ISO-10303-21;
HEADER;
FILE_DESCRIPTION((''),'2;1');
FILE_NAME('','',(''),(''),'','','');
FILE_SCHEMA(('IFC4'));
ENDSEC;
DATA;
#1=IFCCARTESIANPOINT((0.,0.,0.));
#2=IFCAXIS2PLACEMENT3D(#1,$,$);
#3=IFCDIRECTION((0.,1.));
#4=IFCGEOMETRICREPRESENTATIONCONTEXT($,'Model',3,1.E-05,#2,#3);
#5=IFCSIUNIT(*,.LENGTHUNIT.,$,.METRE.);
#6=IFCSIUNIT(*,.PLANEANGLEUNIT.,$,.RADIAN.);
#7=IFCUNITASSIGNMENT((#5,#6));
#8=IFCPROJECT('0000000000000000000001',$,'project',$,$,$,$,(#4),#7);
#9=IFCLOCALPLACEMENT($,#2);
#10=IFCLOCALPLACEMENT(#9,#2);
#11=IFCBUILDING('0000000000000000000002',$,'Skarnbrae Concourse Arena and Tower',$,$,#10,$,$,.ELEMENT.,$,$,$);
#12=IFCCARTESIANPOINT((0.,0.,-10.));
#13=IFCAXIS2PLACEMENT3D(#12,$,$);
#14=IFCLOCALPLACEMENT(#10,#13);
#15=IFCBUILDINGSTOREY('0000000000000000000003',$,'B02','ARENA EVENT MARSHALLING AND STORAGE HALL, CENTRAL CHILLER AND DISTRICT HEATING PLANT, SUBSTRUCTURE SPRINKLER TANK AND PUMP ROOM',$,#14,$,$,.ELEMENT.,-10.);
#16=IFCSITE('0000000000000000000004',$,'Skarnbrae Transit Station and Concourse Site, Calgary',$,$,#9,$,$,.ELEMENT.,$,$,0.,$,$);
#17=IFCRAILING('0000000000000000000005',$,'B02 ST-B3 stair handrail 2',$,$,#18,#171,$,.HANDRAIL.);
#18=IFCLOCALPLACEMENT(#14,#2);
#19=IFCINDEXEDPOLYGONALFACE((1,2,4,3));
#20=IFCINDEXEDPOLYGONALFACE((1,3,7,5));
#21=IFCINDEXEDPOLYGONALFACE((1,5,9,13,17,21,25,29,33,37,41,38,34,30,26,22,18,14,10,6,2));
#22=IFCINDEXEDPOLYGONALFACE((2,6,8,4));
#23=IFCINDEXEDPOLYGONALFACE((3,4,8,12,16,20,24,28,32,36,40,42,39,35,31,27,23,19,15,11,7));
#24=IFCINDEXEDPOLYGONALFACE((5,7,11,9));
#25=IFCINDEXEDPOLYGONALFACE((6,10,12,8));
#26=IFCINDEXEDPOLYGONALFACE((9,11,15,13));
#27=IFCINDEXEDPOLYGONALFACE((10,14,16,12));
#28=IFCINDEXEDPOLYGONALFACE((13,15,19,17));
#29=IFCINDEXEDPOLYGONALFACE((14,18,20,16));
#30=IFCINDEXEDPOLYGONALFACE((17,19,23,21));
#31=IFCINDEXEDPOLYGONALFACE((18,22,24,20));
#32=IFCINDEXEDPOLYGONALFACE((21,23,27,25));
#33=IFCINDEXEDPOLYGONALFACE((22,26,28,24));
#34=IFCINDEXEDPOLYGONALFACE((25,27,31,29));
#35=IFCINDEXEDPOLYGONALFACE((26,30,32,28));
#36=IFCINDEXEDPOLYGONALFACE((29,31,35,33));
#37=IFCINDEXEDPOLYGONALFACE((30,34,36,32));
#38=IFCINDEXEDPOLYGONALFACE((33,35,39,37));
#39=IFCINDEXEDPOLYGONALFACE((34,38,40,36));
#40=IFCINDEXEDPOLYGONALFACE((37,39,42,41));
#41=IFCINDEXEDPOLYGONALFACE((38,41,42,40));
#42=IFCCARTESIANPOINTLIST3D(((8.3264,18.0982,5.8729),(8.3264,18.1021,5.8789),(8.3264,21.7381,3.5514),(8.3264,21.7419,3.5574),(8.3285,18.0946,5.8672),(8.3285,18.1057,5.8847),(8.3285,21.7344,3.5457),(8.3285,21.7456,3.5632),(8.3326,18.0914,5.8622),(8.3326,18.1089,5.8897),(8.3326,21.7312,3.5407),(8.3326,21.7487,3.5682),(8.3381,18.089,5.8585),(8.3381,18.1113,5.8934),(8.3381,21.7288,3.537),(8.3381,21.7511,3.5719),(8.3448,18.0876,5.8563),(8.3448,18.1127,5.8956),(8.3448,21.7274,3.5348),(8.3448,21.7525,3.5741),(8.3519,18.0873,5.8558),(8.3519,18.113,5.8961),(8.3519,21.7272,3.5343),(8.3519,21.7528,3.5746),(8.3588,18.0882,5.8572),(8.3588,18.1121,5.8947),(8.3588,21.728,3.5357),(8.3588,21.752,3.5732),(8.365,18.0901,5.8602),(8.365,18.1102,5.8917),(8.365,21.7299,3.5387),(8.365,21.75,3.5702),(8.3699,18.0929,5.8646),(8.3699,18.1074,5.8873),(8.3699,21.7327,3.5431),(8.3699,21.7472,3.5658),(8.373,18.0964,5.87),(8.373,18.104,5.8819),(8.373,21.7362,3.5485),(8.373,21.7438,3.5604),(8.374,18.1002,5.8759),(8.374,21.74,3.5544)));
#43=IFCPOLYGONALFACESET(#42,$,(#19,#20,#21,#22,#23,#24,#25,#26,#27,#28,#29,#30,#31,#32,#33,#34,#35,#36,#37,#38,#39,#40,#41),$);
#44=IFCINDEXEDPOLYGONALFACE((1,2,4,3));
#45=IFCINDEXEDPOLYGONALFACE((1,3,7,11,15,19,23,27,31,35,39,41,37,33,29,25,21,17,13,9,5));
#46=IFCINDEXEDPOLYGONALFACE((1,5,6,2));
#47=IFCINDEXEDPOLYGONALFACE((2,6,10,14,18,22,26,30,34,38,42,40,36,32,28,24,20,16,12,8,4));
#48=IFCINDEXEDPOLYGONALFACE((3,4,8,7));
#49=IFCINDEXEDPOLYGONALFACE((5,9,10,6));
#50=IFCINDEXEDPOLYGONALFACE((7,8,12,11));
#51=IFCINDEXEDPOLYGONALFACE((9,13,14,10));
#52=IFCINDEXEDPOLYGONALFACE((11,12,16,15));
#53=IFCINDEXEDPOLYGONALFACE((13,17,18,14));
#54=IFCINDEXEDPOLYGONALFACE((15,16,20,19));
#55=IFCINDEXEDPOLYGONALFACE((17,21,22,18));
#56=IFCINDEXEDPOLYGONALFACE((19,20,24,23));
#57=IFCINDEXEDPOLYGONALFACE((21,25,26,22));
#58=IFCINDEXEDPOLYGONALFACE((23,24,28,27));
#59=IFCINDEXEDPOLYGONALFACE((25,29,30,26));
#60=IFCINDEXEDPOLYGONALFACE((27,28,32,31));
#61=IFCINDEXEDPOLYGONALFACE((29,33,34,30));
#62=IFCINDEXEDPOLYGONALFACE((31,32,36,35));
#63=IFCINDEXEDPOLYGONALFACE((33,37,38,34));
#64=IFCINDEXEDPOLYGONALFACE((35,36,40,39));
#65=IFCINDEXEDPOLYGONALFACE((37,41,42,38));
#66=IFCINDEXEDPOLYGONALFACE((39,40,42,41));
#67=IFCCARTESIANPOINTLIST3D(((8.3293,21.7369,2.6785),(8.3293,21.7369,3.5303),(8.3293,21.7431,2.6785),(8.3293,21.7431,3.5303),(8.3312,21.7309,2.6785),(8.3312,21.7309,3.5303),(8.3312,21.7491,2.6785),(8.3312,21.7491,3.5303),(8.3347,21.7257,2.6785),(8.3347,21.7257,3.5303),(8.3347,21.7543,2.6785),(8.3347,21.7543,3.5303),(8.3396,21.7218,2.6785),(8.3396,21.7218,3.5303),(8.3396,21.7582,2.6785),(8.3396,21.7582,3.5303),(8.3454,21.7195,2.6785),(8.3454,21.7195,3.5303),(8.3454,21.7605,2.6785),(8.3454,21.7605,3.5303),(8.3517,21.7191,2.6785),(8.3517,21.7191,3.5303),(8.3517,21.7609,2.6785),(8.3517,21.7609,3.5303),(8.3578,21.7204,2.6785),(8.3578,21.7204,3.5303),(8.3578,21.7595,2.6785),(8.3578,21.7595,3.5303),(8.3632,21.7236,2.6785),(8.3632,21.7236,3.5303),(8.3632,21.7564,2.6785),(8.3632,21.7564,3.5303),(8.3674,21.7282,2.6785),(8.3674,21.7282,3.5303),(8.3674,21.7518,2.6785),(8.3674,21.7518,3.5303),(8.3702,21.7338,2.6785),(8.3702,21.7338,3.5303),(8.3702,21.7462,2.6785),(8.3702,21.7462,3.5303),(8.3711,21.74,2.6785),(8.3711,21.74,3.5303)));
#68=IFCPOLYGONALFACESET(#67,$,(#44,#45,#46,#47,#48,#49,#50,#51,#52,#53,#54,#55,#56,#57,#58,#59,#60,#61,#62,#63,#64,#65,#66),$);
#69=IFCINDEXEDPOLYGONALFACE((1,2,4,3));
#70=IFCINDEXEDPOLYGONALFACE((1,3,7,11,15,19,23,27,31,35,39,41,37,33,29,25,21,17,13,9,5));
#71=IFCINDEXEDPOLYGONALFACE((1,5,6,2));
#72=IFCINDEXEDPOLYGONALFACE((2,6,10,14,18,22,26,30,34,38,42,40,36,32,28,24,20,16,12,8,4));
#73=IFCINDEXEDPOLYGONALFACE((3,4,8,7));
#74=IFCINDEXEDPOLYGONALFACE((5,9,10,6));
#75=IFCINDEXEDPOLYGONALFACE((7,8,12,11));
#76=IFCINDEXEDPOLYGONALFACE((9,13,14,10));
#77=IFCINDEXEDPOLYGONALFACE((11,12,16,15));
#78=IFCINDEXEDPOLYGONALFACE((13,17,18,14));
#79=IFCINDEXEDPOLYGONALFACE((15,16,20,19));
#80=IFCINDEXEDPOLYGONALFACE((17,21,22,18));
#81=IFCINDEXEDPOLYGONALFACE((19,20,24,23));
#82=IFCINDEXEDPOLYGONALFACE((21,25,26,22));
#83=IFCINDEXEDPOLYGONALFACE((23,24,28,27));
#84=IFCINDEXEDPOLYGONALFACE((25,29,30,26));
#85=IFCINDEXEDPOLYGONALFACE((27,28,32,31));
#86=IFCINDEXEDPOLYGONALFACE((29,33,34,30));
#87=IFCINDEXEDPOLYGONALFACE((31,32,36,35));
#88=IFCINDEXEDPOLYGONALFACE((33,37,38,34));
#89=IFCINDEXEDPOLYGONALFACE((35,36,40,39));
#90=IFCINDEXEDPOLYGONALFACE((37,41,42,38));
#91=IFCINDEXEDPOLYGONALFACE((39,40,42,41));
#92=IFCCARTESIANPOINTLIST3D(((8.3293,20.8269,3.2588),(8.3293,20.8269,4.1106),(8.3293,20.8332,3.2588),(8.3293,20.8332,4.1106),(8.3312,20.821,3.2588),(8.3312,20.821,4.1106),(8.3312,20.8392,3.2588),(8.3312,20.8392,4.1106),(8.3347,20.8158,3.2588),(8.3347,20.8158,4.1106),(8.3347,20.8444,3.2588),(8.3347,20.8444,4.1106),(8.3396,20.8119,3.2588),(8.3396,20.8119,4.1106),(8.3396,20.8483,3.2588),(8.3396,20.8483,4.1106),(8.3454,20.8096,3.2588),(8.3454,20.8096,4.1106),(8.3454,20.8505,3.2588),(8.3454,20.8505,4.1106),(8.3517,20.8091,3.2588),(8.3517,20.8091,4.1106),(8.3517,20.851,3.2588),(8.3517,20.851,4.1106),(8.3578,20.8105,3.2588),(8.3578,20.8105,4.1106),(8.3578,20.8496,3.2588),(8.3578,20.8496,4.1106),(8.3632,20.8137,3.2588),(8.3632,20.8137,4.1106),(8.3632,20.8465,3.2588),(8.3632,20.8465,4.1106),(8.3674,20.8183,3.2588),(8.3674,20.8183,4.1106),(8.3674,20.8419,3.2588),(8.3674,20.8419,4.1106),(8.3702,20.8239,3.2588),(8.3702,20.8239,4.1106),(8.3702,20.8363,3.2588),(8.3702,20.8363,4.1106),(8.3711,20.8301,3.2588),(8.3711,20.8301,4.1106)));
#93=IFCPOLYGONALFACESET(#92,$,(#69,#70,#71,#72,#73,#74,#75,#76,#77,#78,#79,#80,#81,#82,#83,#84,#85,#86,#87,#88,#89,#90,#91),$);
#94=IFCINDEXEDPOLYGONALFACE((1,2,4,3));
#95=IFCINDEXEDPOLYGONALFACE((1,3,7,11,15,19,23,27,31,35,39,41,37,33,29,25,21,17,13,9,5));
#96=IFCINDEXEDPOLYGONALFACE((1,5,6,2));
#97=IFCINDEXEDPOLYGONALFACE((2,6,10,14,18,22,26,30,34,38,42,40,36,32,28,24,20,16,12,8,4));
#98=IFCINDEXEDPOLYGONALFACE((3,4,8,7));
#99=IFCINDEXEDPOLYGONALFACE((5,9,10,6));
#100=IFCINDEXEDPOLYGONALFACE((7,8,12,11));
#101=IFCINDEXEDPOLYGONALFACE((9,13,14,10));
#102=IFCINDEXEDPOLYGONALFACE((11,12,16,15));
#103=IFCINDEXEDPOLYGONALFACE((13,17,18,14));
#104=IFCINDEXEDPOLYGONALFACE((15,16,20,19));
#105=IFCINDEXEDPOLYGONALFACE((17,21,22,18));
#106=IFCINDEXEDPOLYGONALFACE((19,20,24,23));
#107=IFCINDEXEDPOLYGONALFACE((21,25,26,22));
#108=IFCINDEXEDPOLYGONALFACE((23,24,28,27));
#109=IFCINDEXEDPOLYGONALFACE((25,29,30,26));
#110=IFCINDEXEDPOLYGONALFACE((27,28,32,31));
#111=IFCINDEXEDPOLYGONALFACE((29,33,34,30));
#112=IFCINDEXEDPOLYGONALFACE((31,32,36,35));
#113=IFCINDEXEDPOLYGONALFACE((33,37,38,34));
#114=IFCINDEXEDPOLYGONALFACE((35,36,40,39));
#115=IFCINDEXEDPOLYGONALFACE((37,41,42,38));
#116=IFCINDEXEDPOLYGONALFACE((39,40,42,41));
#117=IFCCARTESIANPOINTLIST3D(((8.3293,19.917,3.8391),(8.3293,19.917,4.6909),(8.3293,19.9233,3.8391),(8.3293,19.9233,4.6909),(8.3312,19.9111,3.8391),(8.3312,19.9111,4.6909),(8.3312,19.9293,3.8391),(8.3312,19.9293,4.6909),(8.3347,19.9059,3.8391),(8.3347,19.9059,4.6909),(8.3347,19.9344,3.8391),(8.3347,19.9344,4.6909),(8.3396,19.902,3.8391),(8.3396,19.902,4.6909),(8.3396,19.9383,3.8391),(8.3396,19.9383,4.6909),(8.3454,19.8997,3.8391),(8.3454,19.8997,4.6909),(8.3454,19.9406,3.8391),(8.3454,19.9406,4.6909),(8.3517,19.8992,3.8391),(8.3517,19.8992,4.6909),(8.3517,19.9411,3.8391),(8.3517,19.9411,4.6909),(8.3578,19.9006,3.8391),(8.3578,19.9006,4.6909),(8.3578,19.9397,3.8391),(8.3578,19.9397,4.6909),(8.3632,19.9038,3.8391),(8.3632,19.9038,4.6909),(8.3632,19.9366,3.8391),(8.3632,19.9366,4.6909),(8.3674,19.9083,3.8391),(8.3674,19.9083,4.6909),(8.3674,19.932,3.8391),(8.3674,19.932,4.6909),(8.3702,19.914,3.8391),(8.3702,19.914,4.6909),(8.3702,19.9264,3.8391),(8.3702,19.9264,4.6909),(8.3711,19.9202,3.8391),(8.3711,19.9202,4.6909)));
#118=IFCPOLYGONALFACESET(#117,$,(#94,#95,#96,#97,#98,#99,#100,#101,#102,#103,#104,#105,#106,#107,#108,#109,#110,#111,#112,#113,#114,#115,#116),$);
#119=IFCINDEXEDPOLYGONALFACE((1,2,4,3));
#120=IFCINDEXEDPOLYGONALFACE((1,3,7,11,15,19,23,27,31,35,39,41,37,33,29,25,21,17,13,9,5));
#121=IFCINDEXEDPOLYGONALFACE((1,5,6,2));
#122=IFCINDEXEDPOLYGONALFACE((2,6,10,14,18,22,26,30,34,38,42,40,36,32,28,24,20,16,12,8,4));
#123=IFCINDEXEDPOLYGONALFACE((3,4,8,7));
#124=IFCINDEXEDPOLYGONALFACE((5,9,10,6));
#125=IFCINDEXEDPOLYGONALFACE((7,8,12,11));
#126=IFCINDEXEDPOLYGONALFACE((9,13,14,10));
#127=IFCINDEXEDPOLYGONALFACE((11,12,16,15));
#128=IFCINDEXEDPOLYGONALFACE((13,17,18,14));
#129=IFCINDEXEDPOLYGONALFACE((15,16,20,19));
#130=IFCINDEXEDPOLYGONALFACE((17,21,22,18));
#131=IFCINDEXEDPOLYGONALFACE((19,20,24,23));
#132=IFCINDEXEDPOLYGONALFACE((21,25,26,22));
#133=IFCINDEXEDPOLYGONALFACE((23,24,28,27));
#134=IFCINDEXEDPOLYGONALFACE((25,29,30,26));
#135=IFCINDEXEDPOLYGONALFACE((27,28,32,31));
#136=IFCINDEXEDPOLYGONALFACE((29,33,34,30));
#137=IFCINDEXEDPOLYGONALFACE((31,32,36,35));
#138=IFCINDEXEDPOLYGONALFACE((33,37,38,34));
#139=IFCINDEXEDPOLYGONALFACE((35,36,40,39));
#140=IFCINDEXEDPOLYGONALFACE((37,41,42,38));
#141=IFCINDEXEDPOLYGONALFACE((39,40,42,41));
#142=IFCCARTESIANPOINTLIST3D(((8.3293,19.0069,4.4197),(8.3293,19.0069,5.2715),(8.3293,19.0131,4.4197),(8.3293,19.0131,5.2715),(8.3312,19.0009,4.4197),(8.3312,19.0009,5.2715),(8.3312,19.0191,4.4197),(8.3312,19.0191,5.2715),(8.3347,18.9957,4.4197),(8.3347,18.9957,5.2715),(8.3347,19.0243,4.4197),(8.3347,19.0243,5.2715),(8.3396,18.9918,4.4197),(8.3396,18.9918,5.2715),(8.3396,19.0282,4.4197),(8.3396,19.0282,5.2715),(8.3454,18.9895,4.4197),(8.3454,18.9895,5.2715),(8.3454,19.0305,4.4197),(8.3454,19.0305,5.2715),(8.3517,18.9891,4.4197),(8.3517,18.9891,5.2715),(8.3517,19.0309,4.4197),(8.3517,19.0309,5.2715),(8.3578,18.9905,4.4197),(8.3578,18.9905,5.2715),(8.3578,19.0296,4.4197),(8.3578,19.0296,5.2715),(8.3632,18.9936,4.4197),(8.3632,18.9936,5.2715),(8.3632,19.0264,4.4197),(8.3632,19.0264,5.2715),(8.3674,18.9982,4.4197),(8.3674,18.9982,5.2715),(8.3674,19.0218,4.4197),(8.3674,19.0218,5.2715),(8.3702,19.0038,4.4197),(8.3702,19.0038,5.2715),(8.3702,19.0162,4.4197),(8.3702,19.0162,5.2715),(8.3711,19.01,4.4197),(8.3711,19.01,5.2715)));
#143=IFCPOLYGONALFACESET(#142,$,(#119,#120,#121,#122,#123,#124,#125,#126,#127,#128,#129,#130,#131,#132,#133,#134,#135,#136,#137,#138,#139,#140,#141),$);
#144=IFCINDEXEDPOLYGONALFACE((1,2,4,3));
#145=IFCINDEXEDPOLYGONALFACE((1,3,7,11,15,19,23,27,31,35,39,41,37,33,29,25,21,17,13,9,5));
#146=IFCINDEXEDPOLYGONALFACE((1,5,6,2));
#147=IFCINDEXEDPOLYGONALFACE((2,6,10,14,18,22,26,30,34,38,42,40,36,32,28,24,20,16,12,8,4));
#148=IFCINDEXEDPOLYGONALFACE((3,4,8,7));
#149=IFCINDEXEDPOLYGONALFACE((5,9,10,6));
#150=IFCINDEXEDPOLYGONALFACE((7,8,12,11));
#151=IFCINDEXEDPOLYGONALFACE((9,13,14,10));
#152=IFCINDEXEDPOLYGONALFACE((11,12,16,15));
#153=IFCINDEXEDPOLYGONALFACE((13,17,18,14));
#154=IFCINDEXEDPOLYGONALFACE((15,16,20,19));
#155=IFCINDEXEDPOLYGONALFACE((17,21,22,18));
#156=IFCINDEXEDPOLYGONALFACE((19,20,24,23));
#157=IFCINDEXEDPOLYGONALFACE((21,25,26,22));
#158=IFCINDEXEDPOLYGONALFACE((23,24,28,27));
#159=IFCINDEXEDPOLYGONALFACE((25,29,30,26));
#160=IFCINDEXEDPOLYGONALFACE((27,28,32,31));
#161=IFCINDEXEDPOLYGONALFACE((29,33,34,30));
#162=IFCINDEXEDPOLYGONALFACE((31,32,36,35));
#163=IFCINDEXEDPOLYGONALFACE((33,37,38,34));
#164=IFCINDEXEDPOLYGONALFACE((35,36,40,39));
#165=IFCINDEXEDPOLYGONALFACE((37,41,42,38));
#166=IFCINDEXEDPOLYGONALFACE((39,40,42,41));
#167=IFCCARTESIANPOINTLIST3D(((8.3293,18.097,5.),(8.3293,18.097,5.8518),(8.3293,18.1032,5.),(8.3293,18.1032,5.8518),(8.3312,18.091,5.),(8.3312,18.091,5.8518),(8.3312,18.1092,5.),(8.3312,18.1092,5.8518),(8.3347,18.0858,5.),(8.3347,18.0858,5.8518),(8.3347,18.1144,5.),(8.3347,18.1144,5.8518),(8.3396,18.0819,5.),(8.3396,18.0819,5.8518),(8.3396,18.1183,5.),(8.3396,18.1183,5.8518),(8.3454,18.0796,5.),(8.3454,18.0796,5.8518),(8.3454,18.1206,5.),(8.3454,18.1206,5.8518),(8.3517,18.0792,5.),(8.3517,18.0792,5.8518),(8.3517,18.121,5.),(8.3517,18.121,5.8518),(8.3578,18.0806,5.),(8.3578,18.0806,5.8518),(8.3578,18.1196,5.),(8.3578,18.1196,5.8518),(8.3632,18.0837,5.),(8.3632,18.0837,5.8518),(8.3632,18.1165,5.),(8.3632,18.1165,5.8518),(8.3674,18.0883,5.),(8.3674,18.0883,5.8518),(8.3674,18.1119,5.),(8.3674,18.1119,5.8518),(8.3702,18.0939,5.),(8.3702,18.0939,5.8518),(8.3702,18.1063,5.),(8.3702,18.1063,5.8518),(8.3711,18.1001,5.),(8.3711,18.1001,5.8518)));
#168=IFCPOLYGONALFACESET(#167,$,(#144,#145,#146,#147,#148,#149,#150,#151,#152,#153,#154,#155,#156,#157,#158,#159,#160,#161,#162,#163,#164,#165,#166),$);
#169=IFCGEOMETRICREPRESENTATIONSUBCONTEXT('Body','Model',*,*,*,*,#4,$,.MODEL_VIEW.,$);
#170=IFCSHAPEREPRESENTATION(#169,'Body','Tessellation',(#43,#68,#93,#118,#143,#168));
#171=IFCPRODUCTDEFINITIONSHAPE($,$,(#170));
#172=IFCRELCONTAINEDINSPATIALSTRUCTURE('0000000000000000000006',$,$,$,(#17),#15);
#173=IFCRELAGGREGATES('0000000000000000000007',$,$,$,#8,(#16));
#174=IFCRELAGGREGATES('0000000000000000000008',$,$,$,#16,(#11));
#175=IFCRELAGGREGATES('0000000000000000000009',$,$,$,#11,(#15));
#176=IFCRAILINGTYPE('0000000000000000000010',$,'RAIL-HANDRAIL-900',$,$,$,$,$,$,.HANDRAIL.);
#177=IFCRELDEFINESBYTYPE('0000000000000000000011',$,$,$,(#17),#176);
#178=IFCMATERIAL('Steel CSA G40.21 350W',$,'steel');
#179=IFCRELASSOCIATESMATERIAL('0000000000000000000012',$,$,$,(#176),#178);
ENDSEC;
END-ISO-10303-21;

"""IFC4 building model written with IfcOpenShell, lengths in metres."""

from ifc_helpers import new_model, si_unit, direction, frame, origin, origin_2d, place, context, subcontext, project, spatial, circle, extrude, material, type_object, element, save


model = new_model("IFC4")

# Units and contexts
model_context = context("Model", 3, precision=1e-05, world=origin(), true_north=direction((0.0, 1.0)))
body_context = subcontext(model_context, "Body", "Model", "MODEL_VIEW")
ifc_project = project(units=[si_unit("LENGTHUNIT", "METRE"), si_unit("PLANEANGLEUNIT", "RADIAN")], contexts=[model_context])

# Site, building, storey
site_placement = place(None, origin())
site = spatial("IfcSite", under=ifc_project, at=site_placement, Name="Skarnbrae Transit Station and Concourse Site, Calgary", CompositionType="ELEMENT", RefElevation=0.0)
building_placement = place(site_placement, origin())
building = spatial("IfcBuilding", under=site, at=building_placement, Name="Skarnbrae Concourse Arena and Tower", CompositionType="ELEMENT")
storey_placement = place(building_placement, frame((0.0, 0.0, -10.0)))
storey = spatial("IfcBuildingStorey", under=building, at=storey_placement, Name="B02", Description="ARENA EVENT MARSHALLING AND STORAGE HALL, CENTRAL CHILLER AND DISTRICT HEATING PLANT, SUBSTRUCTURE SPRINKLER TANK AND PUMP ROOM", CompositionType="ELEMENT", Elevation=-10.0)

# Shared definitions
ifc_material_1 = material(Name="Steel CSA G40.21 350W", Category="steel")

# Railing
railing_type_1 = type_object("IfcRailingType", Name="RAIL-HANDRAIL-900", PredefinedType="HANDRAIL", material=ifc_material_1)
railing_1_placement = place(storey_placement, frame((8.3501, 21.74, 2.6785)))
element("IfcRailing", 1, at=railing_1_placement, inside=storey, type_object=railing_type_1, Name="B02 ST-B3 stair handrail 2", PredefinedType="HANDRAIL", context=body_context, shape_type="SweptSolid", body=[
    extrude(circle(Radius=0.0239, at=origin_2d()), frame((0.0, 0.0, 0.876), z_axis=(0.0, -0.843112, 0.537739), x_axis=(1.0, 0.0, 0.0)), (0.0, 0.0, 1.0), 4.3171),
    extrude(circle(Radius=0.021, at=origin_2d()), origin(), (0.0, 0.0, 1.0), 0.8518),
    extrude(circle(Radius=0.021, at=origin_2d()), frame((0.0, -0.9099, 0.5803)), (0.0, 0.0, 1.0), 0.8518),
    extrude(circle(Radius=0.021, at=origin_2d()), frame((0.0, -1.8198, 1.1606)), (0.0, 0.0, 1.0), 0.8518),
    extrude(circle(Radius=0.021, at=origin_2d()), frame((0.0, -2.73, 1.7412)), (0.0, 0.0, 1.0), 0.8518),
    extrude(circle(Radius=0.021, at=origin_2d()), frame((0.0, -3.6399, 2.3215)), (0.0, 0.0, 1.0), 0.8518),
])

save(model, "model.ifc")
